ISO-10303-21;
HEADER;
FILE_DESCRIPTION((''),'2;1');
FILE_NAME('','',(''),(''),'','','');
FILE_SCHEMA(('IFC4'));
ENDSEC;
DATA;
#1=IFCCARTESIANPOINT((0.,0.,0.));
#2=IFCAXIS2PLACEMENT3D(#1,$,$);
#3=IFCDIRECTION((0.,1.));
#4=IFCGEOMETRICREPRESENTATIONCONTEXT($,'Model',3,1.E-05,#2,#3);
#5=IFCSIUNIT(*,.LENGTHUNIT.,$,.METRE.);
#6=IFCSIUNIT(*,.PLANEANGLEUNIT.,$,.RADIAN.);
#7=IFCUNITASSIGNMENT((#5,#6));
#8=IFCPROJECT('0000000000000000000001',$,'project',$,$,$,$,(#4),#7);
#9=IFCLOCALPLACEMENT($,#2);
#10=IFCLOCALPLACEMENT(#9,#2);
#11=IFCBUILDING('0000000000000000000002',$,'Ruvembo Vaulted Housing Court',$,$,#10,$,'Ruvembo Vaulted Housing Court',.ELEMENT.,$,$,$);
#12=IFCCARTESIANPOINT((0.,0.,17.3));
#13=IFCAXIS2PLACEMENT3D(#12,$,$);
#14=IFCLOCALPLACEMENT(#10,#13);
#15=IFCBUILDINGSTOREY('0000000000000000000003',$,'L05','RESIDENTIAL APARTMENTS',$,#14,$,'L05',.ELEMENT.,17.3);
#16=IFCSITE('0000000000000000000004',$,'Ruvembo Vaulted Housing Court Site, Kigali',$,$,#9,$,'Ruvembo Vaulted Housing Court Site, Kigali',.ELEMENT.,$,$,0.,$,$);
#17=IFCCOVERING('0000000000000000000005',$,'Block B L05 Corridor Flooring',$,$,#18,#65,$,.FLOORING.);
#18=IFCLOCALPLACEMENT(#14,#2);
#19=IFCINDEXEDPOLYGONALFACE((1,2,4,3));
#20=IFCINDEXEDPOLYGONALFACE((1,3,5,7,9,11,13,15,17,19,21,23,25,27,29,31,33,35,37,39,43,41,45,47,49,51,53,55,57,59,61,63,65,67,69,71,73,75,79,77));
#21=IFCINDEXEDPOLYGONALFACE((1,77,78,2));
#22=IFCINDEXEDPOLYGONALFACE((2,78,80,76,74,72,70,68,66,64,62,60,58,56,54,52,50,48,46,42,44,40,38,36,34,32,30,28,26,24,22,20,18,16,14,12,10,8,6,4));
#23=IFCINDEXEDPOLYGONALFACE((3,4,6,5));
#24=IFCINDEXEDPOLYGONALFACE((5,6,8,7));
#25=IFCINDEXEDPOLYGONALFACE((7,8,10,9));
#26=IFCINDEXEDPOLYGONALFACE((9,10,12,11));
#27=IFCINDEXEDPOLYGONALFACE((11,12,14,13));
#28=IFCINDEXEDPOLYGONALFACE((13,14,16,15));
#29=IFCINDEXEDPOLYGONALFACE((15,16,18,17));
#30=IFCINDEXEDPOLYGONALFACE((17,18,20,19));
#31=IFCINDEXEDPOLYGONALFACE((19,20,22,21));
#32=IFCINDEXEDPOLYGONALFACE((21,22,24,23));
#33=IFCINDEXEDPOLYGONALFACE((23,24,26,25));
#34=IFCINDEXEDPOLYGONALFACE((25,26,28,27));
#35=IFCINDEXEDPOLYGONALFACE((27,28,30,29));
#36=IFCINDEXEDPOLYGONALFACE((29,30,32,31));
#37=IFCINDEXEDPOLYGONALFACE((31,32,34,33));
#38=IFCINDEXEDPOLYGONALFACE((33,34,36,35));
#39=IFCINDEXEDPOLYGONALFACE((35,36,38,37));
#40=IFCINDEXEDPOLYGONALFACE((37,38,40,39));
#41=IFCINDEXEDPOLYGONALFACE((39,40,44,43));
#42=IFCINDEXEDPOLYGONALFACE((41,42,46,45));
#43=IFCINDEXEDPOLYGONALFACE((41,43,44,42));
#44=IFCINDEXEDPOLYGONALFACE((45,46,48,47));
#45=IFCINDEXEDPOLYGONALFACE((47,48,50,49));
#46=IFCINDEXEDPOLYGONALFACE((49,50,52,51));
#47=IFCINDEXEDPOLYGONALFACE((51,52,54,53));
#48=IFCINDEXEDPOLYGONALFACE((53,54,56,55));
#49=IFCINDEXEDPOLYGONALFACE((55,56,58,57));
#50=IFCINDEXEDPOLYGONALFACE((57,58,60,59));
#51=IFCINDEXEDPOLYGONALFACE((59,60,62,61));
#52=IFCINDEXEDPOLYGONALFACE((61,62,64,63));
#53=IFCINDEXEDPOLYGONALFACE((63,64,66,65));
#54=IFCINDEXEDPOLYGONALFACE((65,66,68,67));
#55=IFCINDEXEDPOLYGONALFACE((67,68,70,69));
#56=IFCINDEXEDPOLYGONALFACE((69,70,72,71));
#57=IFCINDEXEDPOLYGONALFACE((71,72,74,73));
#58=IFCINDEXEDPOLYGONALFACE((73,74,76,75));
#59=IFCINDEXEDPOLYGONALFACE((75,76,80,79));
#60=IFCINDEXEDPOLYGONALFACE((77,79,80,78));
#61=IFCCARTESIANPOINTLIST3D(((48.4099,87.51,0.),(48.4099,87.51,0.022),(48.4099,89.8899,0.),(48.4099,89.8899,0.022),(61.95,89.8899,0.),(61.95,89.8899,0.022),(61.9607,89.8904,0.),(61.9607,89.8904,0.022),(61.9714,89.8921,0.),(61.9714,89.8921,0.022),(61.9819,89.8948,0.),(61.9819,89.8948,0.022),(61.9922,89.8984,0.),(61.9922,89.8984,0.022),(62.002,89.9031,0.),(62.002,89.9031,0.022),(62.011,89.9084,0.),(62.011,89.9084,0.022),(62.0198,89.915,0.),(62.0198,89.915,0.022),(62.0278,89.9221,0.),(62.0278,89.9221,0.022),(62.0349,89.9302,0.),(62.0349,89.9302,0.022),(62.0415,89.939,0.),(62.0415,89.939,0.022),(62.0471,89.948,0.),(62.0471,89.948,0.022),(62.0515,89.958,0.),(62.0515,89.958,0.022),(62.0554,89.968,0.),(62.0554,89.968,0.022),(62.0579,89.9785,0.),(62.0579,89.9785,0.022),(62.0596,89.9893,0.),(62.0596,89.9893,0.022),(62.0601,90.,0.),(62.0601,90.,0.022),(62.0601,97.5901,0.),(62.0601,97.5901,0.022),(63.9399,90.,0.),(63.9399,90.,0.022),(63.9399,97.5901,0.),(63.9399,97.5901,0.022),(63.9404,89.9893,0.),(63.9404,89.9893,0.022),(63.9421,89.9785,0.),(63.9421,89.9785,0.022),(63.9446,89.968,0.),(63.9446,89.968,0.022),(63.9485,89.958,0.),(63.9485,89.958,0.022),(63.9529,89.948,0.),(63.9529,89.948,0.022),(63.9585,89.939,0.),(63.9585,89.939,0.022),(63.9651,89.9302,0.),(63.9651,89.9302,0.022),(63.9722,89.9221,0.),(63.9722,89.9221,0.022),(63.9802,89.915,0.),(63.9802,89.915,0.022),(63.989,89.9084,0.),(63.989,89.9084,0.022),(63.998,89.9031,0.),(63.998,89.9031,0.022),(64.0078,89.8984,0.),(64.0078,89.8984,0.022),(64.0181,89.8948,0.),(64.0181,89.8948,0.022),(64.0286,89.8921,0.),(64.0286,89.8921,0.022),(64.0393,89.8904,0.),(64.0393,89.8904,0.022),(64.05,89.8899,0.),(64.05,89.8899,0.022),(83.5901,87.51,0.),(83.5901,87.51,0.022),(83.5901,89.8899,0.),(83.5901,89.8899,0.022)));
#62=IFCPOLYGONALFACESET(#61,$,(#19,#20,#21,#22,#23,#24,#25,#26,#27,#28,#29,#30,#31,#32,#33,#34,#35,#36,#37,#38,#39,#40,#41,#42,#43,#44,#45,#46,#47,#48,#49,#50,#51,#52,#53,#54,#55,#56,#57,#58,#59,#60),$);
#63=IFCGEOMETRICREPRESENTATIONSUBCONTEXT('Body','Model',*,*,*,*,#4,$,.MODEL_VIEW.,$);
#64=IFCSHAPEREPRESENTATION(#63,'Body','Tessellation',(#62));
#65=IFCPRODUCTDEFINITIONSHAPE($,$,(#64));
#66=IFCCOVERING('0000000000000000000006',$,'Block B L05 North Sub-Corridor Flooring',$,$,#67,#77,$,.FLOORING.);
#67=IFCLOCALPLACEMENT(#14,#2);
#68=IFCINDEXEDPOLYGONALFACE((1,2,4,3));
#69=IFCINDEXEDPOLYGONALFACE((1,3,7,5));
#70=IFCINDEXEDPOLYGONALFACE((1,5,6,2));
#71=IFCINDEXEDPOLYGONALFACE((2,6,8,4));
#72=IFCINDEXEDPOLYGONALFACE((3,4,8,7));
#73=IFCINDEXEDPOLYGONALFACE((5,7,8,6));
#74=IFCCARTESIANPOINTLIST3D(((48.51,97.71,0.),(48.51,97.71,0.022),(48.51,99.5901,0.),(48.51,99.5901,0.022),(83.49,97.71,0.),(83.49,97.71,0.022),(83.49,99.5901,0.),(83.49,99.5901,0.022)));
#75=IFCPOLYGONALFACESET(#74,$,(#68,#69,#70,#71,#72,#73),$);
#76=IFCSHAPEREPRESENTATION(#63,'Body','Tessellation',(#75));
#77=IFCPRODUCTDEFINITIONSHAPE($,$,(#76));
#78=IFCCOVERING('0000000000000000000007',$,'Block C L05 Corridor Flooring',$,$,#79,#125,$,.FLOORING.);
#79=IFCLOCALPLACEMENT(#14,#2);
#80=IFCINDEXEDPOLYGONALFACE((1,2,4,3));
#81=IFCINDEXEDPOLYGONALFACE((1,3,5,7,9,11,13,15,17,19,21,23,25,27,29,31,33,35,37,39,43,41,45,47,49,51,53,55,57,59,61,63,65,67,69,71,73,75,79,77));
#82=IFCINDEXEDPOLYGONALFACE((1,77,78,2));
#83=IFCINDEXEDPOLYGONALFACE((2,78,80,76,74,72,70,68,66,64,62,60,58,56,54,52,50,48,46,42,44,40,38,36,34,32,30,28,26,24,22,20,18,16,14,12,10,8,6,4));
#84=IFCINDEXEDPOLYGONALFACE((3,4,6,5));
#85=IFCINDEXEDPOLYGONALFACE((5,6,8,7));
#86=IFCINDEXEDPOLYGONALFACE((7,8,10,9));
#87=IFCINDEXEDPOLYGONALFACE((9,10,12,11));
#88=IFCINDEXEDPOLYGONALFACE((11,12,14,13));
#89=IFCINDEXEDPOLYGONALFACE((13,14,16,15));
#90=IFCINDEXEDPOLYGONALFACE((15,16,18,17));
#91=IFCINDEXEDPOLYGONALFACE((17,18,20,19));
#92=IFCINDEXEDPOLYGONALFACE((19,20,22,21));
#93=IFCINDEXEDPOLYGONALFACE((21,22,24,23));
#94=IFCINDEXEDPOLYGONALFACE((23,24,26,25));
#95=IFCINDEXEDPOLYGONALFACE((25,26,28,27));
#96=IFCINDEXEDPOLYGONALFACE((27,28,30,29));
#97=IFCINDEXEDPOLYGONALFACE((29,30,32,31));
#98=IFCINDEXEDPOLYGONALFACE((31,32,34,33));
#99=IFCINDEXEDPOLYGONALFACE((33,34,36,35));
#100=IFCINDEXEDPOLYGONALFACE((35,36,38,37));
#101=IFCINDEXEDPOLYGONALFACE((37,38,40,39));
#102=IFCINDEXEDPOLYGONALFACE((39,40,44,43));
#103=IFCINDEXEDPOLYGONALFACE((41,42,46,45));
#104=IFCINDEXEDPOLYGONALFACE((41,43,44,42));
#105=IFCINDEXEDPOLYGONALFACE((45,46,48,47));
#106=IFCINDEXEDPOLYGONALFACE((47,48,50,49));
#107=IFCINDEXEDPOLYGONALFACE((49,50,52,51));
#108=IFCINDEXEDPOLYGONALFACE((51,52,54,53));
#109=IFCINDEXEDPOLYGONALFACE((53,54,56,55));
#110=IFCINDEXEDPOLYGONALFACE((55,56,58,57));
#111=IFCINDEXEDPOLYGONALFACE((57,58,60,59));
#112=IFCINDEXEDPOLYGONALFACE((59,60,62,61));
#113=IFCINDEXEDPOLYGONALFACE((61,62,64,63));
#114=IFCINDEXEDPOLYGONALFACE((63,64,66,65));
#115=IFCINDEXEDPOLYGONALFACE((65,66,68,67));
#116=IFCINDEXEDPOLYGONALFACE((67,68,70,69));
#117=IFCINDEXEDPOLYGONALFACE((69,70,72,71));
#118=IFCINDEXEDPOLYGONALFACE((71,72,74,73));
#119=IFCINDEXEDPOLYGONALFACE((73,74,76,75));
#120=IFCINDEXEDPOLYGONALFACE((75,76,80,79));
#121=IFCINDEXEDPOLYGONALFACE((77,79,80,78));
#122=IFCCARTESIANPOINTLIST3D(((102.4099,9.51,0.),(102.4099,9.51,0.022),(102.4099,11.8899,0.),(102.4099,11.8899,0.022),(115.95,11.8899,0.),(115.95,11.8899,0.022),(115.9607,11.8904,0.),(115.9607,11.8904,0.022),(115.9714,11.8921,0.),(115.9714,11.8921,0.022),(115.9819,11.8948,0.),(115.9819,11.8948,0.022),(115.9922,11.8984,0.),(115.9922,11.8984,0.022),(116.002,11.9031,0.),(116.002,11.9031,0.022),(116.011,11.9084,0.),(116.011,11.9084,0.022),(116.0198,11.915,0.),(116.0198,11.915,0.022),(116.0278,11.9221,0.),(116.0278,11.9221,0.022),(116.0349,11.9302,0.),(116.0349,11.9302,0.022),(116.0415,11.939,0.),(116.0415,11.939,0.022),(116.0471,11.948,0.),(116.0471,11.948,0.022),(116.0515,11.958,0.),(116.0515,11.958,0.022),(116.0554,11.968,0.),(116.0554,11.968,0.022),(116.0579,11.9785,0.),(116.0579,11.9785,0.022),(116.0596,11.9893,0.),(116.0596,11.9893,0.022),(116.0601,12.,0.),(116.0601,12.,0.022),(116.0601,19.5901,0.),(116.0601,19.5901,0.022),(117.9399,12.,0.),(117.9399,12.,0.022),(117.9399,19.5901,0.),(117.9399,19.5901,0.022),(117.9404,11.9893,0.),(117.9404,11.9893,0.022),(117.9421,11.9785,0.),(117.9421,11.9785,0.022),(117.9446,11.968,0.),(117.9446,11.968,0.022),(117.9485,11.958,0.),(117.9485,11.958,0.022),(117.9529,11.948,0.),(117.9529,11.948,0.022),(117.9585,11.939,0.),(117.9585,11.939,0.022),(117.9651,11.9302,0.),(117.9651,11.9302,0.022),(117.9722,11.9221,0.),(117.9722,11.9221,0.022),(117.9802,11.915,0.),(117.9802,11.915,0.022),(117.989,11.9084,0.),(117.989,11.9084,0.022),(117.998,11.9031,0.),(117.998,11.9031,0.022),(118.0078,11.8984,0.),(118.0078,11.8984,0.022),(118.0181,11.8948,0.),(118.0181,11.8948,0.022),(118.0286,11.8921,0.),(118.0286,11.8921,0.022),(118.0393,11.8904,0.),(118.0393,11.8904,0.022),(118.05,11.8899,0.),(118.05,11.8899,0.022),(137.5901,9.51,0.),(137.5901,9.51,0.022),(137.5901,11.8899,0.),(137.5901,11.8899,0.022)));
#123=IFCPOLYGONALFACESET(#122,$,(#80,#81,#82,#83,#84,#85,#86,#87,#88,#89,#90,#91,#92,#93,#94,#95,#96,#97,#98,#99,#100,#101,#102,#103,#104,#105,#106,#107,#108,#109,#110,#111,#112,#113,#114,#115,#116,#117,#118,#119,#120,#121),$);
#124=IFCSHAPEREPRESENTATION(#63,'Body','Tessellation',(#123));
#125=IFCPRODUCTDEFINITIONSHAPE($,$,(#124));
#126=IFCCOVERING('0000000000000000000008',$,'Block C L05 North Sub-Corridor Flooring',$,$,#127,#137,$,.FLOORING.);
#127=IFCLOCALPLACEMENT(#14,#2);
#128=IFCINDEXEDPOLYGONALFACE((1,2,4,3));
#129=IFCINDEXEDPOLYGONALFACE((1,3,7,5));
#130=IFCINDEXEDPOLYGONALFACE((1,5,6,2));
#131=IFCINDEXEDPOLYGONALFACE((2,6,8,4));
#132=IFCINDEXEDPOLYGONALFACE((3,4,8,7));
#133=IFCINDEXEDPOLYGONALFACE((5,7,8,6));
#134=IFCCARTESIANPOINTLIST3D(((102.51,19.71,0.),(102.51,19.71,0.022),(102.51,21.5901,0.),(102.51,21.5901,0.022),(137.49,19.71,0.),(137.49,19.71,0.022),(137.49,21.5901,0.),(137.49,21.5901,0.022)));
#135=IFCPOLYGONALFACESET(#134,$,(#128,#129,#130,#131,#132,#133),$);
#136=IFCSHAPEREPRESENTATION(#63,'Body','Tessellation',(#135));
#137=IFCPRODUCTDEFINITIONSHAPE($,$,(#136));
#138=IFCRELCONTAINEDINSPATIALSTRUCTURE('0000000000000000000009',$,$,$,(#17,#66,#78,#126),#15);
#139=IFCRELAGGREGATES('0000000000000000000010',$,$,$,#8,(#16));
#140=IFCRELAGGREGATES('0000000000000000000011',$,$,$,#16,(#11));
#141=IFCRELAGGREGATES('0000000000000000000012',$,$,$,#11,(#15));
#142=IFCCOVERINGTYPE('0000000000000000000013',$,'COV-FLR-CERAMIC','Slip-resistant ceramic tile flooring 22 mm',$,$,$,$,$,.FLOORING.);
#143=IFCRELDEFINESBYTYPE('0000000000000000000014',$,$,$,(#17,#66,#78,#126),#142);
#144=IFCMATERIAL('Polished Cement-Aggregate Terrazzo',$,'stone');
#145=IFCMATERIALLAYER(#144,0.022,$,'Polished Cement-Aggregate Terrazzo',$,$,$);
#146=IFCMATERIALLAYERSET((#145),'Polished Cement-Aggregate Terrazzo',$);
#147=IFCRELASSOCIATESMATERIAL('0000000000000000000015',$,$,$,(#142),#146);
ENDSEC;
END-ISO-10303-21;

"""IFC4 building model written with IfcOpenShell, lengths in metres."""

from ifc_helpers import new_model, si_unit, direction, frame, origin, place, context, subcontext, project, spatial, polyline, outline, extrude, material, layer, layer_set, type_object, element, save


model = new_model("IFC4")

# Units and contexts
model_context = context("Model", 3, precision=1e-05, world=origin(), true_north=direction((0.0, 1.0)))
body_context = subcontext(model_context, "Body", "Model", "MODEL_VIEW")
ifc_project = project(units=[si_unit("LENGTHUNIT", "METRE"), si_unit("PLANEANGLEUNIT", "RADIAN")], contexts=[model_context])

# Site, building, storey
site_placement = place(None, origin())
site = spatial("IfcSite", under=ifc_project, at=site_placement, Name="Ruvembo Vaulted Housing Court Site, Kigali", LongName="Ruvembo Vaulted Housing Court Site, Kigali", CompositionType="ELEMENT", RefElevation=0.0)
building_placement = place(site_placement, origin())
building = spatial("IfcBuilding", under=site, at=building_placement, Name="Ruvembo Vaulted Housing Court", LongName="Ruvembo Vaulted Housing Court", CompositionType="ELEMENT")
storey_placement = place(building_placement, frame((0.0, 0.0, 17.3)))
storey = spatial("IfcBuildingStorey", under=building, at=storey_placement, Name="L05", Description="RESIDENTIAL APARTMENTS", LongName="L05", CompositionType="ELEMENT", Elevation=17.3)

# Coverings
ifc_material_1 = material(Name="Polished Cement-Aggregate Terrazzo", Category="stone")
ifc_layer_1 = layer(ifc_material_1, 0.022, Name="Polished Cement-Aggregate Terrazzo")
ifc_layer_set_1 = layer_set([ifc_layer_1], Name="Polished Cement-Aggregate Terrazzo")
covering_type_1 = type_object("IfcCoveringType", Name="COV-FLR-CERAMIC", Description="Slip-resistant ceramic tile flooring 22 mm", PredefinedType="FLOORING", material=ifc_layer_set_1)
covering_1_placement = place(storey_placement, origin())
element("IfcCovering", 1, at=covering_1_placement, inside=storey, type_object=covering_type_1, Name="Block B L05 Corridor Flooring", PredefinedType="FLOORING", context=body_context, shape_type="SweptSolid", body=[
    extrude(outline(polyline([(83.5901, 87.51), (83.5901, 89.8899), (64.05, 89.8899), (64.0393, 89.8904), (64.0286, 89.8921), (64.0181, 89.8948), (64.0078, 89.8984), (63.998, 89.9031), (63.989, 89.9084), (63.9802, 89.915), (63.9722, 89.9221), (63.9651, 89.9302), (63.9585, 89.939), (63.9529, 89.948), (63.9485, 89.958), (63.9446, 89.968), (63.9421, 89.9785), (63.9404, 89.9893), (63.9399, 90.0), (63.9399, 97.5901), (62.0601, 97.5901), (62.0601, 90.0), (62.0596, 89.9893), (62.0579, 89.9785), (62.0554, 89.968), (62.0515, 89.958), (62.0471, 89.948), (62.0415, 89.939), (62.0349, 89.9302), (62.0278, 89.9221), (62.0198, 89.915), (62.011, 89.9084), (62.002, 89.9031), (61.9922, 89.8984), (61.9819, 89.8948), (61.9714, 89.8921), (61.9607, 89.8904), (61.95, 89.8899), (48.4099, 89.8899), (48.4099, 87.51), (83.5901, 87.51)])), origin(), (0.0, 0.0, 1.0), 0.022),
])
covering_2_placement = place(storey_placement, origin())
element("IfcCovering", 2, at=covering_2_placement, inside=storey, type_object=covering_type_1, Name="Block B L05 North Sub-Corridor Flooring", PredefinedType="FLOORING", context=body_context, shape_type="SweptSolid", body=[
    extrude(outline(polyline([(48.51, 97.71), (83.49, 97.71), (83.49, 99.5901), (48.51, 99.5901), (48.51, 97.71)])), origin(), (0.0, 0.0, 1.0), 0.022),
])
covering_3_placement = place(storey_placement, origin())
element("IfcCovering", 3, at=covering_3_placement, inside=storey, type_object=covering_type_1, Name="Block C L05 Corridor Flooring", PredefinedType="FLOORING", context=body_context, shape_type="SweptSolid", body=[
    extrude(outline(polyline([(137.5901, 9.51), (137.5901, 11.8899), (118.05, 11.8899), (118.0393, 11.8904), (118.0286, 11.8921), (118.0181, 11.8948), (118.0078, 11.8984), (117.998, 11.9031), (117.989, 11.9084), (117.9802, 11.915), (117.9722, 11.9221), (117.9651, 11.9302), (117.9585, 11.939), (117.9529, 11.948), (117.9485, 11.958), (117.9446, 11.968), (117.9421, 11.9785), (117.9404, 11.9893), (117.9399, 12.0), (117.9399, 19.5901), (116.0601, 19.5901), (116.0601, 12.0), (116.0596, 11.9893), (116.0579, 11.9785), (116.0554, 11.968), (116.0515, 11.958), (116.0471, 11.948), (116.0415, 11.939), (116.0349, 11.9302), (116.0278, 11.9221), (116.0198, 11.915), (116.011, 11.9084), (116.002, 11.9031), (115.9922, 11.8984), (115.9819, 11.8948), (115.9714, 11.8921), (115.9607, 11.8904), (115.95, 11.8899), (102.4099, 11.8899), (102.4099, 9.51), (137.5901, 9.51)])), origin(), (0.0, 0.0, 1.0), 0.022),
])
covering_4_placement = place(storey_placement, origin())
element("IfcCovering", 4, at=covering_4_placement, inside=storey, type_object=covering_type_1, Name="Block C L05 North Sub-Corridor Flooring", PredefinedType="FLOORING", context=body_context, shape_type="SweptSolid", body=[
    extrude(outline(polyline([(102.51, 19.71), (137.49, 19.71), (137.49, 21.5901), (102.51, 21.5901), (102.51, 19.71)])), origin(), (0.0, 0.0, 1.0), 0.022),
])

save(model, "model.ifc")
